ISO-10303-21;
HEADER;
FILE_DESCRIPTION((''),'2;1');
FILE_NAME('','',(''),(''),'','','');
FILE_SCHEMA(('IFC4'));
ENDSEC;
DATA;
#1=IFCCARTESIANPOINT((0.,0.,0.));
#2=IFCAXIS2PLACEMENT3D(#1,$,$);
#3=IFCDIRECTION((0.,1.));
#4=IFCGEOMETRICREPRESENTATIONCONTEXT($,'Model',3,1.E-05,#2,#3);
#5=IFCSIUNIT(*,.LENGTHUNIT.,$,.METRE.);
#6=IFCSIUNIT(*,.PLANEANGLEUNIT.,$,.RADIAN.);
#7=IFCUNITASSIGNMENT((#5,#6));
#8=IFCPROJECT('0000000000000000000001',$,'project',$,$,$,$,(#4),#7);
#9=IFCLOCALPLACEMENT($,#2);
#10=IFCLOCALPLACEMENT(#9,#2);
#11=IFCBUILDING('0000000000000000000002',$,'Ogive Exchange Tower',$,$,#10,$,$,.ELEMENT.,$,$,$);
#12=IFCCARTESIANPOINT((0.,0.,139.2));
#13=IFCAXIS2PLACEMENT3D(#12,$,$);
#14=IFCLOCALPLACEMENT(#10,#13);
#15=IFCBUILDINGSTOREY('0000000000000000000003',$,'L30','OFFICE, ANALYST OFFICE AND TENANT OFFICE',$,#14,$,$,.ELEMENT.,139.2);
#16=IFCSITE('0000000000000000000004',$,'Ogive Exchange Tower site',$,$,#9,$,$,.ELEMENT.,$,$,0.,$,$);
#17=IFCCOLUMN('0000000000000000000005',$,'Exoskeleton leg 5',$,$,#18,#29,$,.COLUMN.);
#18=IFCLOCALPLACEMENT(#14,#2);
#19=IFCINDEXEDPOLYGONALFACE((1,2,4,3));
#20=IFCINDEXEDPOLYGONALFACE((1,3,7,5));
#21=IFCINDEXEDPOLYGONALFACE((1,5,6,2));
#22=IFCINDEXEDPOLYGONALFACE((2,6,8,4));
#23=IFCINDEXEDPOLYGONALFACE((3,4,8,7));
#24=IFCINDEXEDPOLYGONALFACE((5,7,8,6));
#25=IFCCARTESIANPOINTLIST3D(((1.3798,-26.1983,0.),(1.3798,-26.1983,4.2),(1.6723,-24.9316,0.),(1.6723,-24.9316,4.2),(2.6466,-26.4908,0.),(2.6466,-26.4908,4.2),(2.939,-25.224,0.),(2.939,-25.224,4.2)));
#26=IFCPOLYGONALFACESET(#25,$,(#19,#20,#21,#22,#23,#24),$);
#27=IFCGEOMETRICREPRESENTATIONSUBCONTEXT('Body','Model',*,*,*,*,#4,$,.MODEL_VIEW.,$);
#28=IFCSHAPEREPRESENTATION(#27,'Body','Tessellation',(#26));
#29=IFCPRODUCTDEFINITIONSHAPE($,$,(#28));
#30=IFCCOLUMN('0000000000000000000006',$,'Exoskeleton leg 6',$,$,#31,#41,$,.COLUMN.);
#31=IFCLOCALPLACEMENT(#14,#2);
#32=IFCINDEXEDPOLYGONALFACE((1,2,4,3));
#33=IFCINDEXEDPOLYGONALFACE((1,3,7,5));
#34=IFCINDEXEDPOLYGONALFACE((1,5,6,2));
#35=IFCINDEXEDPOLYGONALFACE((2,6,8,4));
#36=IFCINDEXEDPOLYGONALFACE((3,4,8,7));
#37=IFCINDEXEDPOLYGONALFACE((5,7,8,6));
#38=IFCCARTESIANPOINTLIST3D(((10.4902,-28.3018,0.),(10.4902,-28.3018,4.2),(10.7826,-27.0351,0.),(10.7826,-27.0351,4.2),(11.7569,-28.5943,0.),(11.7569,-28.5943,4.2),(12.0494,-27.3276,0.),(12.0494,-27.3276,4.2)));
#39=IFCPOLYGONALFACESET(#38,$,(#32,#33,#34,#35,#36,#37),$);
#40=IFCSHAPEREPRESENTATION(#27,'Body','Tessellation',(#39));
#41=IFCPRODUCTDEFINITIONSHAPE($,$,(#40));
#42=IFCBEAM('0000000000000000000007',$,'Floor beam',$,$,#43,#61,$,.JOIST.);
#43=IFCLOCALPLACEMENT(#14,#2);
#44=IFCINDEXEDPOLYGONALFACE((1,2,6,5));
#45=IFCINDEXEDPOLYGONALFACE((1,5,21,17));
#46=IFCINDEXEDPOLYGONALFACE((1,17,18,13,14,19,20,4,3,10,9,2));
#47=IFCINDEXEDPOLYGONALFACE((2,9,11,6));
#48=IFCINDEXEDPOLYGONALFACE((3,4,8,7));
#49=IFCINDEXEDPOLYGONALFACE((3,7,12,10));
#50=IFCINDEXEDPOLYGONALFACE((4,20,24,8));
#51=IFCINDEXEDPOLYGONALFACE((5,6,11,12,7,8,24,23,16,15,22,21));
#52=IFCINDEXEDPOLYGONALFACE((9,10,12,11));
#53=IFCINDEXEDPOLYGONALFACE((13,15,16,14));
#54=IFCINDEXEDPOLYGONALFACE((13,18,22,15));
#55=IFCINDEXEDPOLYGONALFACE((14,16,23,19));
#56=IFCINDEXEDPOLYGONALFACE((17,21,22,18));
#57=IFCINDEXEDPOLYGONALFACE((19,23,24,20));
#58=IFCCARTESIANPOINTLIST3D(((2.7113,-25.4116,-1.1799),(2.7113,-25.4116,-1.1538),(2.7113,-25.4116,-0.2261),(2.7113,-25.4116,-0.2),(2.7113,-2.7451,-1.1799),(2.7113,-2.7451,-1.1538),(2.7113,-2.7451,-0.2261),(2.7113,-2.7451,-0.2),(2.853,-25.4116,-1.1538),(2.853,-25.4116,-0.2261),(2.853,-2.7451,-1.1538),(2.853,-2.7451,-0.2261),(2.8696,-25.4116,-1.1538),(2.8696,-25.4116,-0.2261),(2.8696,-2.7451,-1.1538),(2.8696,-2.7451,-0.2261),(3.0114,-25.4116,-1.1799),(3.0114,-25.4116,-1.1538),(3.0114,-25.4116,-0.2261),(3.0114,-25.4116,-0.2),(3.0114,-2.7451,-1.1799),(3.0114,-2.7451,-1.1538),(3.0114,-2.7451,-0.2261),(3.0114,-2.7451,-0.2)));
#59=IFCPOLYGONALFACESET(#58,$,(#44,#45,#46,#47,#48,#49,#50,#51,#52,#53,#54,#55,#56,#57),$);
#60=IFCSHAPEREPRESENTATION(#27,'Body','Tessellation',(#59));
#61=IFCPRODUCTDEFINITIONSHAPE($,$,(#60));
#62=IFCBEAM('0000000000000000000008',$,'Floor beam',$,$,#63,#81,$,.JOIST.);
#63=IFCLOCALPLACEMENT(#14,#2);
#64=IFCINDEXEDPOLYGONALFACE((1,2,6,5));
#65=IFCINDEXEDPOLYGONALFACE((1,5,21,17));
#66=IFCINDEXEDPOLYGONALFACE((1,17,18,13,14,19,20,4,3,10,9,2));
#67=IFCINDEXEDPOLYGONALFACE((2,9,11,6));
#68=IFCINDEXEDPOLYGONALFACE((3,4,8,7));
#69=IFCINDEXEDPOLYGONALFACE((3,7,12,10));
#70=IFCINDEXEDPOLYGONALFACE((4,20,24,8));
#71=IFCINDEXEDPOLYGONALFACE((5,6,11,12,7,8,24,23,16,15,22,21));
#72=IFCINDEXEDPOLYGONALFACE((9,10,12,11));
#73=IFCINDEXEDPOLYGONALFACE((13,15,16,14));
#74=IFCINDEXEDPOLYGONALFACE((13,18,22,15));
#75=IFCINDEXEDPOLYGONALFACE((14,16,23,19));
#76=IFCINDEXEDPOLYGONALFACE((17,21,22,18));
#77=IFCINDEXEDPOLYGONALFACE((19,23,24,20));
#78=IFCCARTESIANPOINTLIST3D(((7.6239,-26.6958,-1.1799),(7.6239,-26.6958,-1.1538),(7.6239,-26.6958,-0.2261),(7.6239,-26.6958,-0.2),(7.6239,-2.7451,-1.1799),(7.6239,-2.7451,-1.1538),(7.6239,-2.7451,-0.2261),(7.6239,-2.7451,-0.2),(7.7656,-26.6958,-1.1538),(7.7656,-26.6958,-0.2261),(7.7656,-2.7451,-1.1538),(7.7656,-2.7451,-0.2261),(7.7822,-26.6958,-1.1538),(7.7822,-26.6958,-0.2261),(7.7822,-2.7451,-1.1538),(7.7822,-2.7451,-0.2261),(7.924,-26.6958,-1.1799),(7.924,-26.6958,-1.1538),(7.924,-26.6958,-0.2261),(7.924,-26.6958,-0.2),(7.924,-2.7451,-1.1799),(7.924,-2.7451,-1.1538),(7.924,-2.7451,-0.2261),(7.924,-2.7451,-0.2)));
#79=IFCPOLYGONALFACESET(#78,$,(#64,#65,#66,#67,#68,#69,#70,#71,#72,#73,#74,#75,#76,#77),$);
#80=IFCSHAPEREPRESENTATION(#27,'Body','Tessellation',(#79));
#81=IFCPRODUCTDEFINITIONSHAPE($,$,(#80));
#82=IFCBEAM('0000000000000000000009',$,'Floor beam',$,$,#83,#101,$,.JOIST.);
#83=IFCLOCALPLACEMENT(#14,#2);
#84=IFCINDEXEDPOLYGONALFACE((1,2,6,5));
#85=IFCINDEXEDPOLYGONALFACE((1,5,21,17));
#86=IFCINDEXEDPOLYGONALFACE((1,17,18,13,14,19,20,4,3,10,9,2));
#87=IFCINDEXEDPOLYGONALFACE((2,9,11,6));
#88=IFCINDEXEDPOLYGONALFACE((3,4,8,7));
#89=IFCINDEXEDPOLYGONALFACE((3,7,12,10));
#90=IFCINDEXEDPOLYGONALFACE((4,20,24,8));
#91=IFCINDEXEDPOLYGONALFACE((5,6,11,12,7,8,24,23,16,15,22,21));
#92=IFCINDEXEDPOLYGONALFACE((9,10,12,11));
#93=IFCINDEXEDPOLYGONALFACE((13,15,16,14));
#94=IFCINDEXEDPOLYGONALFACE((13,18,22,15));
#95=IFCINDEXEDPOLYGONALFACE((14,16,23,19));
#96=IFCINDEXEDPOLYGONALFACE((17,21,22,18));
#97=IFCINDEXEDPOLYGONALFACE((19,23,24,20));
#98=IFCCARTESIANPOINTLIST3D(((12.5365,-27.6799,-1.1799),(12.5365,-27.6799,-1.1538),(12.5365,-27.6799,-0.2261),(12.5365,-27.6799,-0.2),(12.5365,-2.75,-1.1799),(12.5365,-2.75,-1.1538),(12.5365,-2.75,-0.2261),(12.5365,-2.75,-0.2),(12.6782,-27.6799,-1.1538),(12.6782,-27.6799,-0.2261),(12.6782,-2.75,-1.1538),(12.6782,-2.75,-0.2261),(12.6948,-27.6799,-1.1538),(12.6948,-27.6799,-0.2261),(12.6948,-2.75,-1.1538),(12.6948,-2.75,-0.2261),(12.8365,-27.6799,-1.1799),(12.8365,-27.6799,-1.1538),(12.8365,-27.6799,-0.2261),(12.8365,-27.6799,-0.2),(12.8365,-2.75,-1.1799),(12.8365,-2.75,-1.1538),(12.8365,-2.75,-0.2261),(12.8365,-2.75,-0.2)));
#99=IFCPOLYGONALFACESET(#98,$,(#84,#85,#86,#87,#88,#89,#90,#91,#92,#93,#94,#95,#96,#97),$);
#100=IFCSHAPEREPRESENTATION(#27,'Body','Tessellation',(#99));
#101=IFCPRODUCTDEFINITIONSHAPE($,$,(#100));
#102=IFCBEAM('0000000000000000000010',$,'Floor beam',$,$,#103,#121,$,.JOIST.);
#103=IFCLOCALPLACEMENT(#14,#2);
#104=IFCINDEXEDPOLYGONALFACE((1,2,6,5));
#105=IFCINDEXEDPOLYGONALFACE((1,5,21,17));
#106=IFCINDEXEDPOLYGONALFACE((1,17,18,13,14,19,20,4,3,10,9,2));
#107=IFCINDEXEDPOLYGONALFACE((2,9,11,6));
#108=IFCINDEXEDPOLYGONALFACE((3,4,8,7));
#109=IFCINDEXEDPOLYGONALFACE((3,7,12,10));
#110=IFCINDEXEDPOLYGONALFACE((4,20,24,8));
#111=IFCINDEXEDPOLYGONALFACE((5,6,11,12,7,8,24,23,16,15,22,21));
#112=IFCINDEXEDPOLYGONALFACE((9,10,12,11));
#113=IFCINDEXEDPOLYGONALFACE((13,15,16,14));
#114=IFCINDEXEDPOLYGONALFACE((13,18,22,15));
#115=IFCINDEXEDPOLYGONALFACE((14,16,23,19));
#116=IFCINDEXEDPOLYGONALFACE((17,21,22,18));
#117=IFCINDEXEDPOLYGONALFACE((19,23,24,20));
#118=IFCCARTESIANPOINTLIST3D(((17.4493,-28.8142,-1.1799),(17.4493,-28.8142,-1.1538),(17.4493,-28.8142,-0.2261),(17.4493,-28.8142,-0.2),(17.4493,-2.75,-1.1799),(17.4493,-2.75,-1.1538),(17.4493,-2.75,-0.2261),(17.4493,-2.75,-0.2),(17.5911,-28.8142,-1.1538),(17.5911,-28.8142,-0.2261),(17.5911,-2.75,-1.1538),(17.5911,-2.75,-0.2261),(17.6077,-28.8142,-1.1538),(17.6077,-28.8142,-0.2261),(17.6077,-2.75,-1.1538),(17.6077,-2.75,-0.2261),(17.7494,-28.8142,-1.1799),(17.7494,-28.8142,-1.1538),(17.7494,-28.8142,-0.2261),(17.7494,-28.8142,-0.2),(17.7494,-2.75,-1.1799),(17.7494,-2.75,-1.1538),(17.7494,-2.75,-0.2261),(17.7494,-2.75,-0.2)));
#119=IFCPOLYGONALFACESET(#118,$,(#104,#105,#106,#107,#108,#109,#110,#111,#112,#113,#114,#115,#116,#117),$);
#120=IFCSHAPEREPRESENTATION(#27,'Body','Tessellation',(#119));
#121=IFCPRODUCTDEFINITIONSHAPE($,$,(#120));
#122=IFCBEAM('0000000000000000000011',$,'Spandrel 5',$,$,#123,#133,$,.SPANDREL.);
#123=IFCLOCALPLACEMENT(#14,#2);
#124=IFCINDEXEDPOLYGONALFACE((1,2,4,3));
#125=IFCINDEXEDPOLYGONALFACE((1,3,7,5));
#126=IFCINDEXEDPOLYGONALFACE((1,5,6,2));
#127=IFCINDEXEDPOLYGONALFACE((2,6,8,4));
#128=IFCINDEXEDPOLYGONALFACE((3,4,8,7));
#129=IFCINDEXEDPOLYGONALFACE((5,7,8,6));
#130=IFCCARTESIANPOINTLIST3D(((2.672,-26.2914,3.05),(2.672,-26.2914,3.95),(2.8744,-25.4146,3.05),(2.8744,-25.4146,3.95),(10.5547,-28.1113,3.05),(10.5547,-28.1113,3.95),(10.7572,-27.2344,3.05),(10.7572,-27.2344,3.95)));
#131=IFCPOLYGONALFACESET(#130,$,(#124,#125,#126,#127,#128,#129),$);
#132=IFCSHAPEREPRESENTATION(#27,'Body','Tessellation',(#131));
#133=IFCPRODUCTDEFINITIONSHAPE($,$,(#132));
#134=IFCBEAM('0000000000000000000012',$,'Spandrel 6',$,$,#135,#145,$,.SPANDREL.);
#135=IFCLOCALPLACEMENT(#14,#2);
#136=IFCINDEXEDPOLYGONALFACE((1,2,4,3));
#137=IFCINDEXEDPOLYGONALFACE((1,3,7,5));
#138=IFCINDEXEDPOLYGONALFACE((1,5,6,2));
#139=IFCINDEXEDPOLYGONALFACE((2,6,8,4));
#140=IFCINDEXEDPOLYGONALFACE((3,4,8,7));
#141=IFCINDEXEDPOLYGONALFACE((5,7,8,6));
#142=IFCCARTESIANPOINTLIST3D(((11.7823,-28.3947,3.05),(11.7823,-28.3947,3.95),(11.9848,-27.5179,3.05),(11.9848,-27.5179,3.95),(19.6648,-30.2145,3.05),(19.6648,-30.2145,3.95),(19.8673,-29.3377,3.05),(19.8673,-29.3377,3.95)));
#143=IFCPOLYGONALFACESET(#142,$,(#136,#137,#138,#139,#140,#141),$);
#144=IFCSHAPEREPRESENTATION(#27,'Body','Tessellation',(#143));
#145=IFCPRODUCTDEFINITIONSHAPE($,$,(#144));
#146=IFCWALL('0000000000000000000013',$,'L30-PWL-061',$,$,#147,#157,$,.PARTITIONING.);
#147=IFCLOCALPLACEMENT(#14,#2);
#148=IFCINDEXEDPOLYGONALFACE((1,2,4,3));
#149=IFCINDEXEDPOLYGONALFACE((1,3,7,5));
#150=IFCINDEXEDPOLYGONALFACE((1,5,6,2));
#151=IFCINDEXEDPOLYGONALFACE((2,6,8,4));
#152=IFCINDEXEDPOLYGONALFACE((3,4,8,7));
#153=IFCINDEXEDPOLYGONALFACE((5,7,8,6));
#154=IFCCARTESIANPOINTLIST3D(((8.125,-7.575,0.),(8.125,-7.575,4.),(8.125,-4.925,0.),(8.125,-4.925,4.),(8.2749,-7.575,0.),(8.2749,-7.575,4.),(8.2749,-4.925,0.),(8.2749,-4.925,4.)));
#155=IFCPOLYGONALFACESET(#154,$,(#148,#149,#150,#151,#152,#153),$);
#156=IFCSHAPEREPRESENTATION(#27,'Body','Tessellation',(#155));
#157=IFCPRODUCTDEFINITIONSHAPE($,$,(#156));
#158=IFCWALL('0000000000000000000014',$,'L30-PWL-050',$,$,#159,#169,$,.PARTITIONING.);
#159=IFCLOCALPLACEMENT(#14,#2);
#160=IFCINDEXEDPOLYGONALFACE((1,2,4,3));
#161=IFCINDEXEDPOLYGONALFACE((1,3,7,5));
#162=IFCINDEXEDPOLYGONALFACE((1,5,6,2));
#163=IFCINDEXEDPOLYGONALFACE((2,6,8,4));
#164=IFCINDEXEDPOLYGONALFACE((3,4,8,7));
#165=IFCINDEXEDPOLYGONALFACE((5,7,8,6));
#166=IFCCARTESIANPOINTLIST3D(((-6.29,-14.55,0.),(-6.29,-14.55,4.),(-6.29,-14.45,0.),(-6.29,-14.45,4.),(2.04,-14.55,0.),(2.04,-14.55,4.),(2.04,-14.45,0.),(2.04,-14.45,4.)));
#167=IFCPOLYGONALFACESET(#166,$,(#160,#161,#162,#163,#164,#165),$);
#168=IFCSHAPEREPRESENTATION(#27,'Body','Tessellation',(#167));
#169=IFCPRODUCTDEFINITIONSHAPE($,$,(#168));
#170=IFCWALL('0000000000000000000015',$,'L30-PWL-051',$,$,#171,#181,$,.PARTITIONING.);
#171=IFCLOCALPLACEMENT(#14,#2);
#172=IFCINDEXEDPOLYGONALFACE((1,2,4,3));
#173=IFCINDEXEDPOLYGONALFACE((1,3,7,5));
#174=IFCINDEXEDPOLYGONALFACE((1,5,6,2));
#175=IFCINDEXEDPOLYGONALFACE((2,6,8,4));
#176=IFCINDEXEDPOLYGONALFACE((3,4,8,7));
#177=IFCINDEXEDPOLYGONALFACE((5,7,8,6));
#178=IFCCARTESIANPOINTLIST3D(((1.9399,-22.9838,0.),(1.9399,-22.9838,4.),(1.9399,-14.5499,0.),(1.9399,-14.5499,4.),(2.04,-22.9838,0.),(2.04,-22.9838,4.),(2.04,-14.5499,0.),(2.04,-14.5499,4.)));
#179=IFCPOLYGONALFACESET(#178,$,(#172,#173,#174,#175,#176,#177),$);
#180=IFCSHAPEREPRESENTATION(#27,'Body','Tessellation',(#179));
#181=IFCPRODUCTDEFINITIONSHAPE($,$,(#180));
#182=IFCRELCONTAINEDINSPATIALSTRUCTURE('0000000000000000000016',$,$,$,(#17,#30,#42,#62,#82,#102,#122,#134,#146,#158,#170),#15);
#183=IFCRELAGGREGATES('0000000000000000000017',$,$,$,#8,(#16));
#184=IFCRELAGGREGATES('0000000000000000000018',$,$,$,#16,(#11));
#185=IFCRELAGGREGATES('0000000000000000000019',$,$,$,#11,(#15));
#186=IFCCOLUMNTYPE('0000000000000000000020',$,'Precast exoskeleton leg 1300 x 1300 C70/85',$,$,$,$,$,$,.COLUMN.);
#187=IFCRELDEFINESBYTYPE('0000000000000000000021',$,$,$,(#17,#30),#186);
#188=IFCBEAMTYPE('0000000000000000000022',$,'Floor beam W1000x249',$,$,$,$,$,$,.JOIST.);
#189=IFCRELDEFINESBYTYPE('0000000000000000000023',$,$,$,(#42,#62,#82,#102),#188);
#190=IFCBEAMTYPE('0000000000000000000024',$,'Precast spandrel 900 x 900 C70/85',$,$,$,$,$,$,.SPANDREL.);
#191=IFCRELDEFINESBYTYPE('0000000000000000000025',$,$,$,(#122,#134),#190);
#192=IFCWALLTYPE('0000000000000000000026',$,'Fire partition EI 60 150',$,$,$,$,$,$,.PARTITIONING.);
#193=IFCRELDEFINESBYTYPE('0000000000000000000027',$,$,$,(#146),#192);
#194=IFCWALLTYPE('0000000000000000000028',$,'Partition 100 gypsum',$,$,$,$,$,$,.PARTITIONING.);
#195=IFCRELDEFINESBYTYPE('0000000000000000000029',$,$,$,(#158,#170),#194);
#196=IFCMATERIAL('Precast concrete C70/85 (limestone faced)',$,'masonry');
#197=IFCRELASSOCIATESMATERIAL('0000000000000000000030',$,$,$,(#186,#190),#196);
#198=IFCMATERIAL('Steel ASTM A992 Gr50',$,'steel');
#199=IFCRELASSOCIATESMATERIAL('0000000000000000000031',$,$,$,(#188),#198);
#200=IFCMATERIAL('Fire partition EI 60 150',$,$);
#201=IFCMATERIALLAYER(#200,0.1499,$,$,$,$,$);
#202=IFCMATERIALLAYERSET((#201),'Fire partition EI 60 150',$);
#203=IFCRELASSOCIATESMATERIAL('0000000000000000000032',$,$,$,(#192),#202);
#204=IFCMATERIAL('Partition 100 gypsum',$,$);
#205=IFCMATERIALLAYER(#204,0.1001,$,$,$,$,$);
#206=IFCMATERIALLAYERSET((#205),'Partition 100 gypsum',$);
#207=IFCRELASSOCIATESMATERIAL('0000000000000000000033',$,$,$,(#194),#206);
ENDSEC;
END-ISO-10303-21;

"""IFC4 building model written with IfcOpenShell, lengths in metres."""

from ifc_helpers import new_model, si_unit, direction, frame, frame_2d, origin, origin_2d, place, context, subcontext, project, spatial, rectangle, i_section, extrude, material, layer, layer_set, material_profile, profile_set, type_object, element, save


model = new_model("IFC4")

# Units and contexts
model_context = context("Model", 3, precision=1e-05, world=origin(), true_north=direction((0.0, 1.0)))
body_context = subcontext(model_context, "Body", "Model", "MODEL_VIEW")
ifc_project = project(units=[si_unit("LENGTHUNIT", "METRE"), si_unit("PLANEANGLEUNIT", "RADIAN")], contexts=[model_context])

# Site, building, storey
site_placement = place(None, origin())
site = spatial("IfcSite", under=ifc_project, at=site_placement, Name="Ogive Exchange Tower site", CompositionType="ELEMENT", RefElevation=0.0)
building_placement = place(site_placement, origin())
building = spatial("IfcBuilding", under=site, at=building_placement, Name="Ogive Exchange Tower", CompositionType="ELEMENT")
storey_placement = place(building_placement, frame((0.0, 0.0, 139.2)))
storey = spatial("IfcBuildingStorey", under=building, at=storey_placement, Name="L30", Description="OFFICE, ANALYST OFFICE AND TENANT OFFICE", CompositionType="ELEMENT", Elevation=139.2)

# Columns
ifc_material_1 = material(Name="Precast concrete C70/85 (limestone faced)", Category="masonry")
ifc_material_profile_1 = material_profile(ifc_material_1, rectangle(XDim=1.3, YDim=1.3, at=origin_2d()), Name="1300 x 1300")
ifc_profile_set_1 = profile_set([ifc_material_profile_1], Name="Precast concrete C70/85 (limestone faced)")
column_type = type_object("IfcColumnType", Name="Precast exoskeleton leg 1300 x 1300 C70/85", PredefinedType="COLUMN", material=ifc_profile_set_1)
for number, where, z_axis, x_axis, name in (
    (1, (2.1594, -25.7112, 0.0), (0.0, 0.0, 1.0), (0.97437, -0.224951, 0.0), "Exoskeleton leg 5"),
    (2, (11.2698, -27.8147, 0.0), (0.0, 0.0, 1.0), (0.97437, -0.224951, 0.0), "Exoskeleton leg 6"),
):
    element("IfcColumn", number, at=place(storey_placement, frame(where, z_axis=z_axis, x_axis=x_axis)), inside=storey, type_object=column_type, Name=name, PredefinedType="COLUMN", context=body_context, shape_type="SweptSolid", body=[
        extrude(rectangle(XDim=1.3, YDim=1.3, at=origin_2d()), origin(), (0.0, 0.0, 1.0), 4.2),
    ])

# Beams
ifc_material_2 = material(Name="Steel ASTM A992 Gr50", Category="steel")
ifc_material_profile_2 = material_profile(ifc_material_2, i_section(OverallWidth=0.3, OverallDepth=0.98, WebThickness=0.0166, FlangeThickness=0.0261, at=origin_2d()), Name="W1000x249")
ifc_profile_set_2 = profile_set([ifc_material_profile_2], Name="Steel ASTM A992 Gr50")
beam_type_1 = type_object("IfcBeamType", Name="Floor beam W1000x249", PredefinedType="JOIST", material=ifc_profile_set_2)
beam_1_placement = place(storey_placement, frame((2.8613, -25.4116, -0.6899), z_axis=(0.0, 1.0, 0.0), x_axis=(-1.0, 0.0, 0.0)))
element("IfcBeam", 3, at=beam_1_placement, inside=storey, type_object=beam_type_1, Name="Floor beam", PredefinedType="JOIST", context=body_context, shape_type="SweptSolid", body=[
    extrude(i_section(OverallWidth=0.3, OverallDepth=0.98, WebThickness=0.0166, FlangeThickness=0.0261, at=origin_2d()), origin(), (0.0, 0.0, 1.0), 22.6665),
])
beam_2_placement = place(storey_placement, frame((7.7739, -26.6958, -0.6899), z_axis=(0.0, 1.0, 0.0), x_axis=(-1.0, 0.0, 0.0)))
element("IfcBeam", 4, at=beam_2_placement, inside=storey, type_object=beam_type_1, Name="Floor beam", PredefinedType="JOIST", context=body_context, shape_type="SweptSolid", body=[
    extrude(i_section(OverallWidth=0.3, OverallDepth=0.98, WebThickness=0.0166, FlangeThickness=0.0261, at=origin_2d()), origin(), (0.0, 0.0, 1.0), 23.9507),
])
beam_3_placement = place(storey_placement, frame((12.6865, -27.6799, -0.6899), z_axis=(0.0, 1.0, 0.0), x_axis=(-1.0, 0.0, 0.0)))
element("IfcBeam", 5, at=beam_3_placement, inside=storey, type_object=beam_type_1, Name="Floor beam", PredefinedType="JOIST", context=body_context, shape_type="SweptSolid", body=[
    extrude(i_section(OverallWidth=0.3, OverallDepth=0.98, WebThickness=0.0166, FlangeThickness=0.0261, at=origin_2d()), origin(), (0.0, 0.0, 1.0), 24.9299),
])
beam_4_placement = place(storey_placement, frame((17.5994, -28.8142, -0.6899), z_axis=(0.0, 1.0, 0.0), x_axis=(-1.0, 0.0, 0.0)))
element("IfcBeam", 6, at=beam_4_placement, inside=storey, type_object=beam_type_1, Name="Floor beam", PredefinedType="JOIST", context=body_context, shape_type="SweptSolid", body=[
    extrude(i_section(OverallWidth=0.3, OverallDepth=0.98, WebThickness=0.0166, FlangeThickness=0.0261, at=origin_2d()), origin(), (0.0, 0.0, 1.0), 26.0642),
])
ifc_material_profile_3 = material_profile(ifc_material_1, rectangle(XDim=0.8999, YDim=0.8999, at=origin_2d()), Name="900 x 900")
ifc_profile_set_3 = profile_set([ifc_material_profile_3], Name="Precast concrete C70/85 (limestone faced)")
beam_type_2 = type_object("IfcBeamType", Name="Precast spandrel 900 x 900 C70/85", PredefinedType="SPANDREL", material=ifc_profile_set_3)
beam_5_placement = place(storey_placement, frame((2.7732, -25.853, 3.5), z_axis=(0.974372, -0.224943, 0.0), x_axis=(0.224943, 0.974372, 0.0)))
element("IfcBeam", 7, at=beam_5_placement, inside=storey, type_object=beam_type_2, Name="Spandrel 5", PredefinedType="SPANDREL", context=body_context, shape_type="SweptSolid", body=[
    extrude(rectangle(XDim=0.8999, YDim=0.8999, at=origin_2d()), origin(), (0.0, 0.0, 1.0), 8.0901),
])
beam_6_placement = place(storey_placement, frame((11.8835, -27.9563, 3.5), z_axis=(0.97437, -0.22495, 0.0), x_axis=(0.22495, 0.97437, 0.0)))
element("IfcBeam", 8, at=beam_6_placement, inside=storey, type_object=beam_type_2, Name="Spandrel 6", PredefinedType="SPANDREL", context=body_context, shape_type="SweptSolid", body=[
    extrude(rectangle(XDim=0.8999, YDim=0.8999, at=origin_2d()), origin(), (0.0, 0.0, 1.0), 8.0898),
])

# Walls
ifc_material_3 = material(Name="Fire partition EI 60 150")
ifc_layer_1 = layer(ifc_material_3, 0.1499)
ifc_layer_set_1 = layer_set([ifc_layer_1], Name="Fire partition EI 60 150")
wall_type_1 = type_object("IfcWallType", Name="Fire partition EI 60 150", PredefinedType="PARTITIONING", material=ifc_layer_set_1)
wall_1_placement = place(storey_placement, frame((8.2, -7.575, 0.0), z_axis=(0.0, 0.0, 1.0), x_axis=(0.0, 1.0, 0.0)))
element("IfcWall", 9, at=wall_1_placement, inside=storey, type_object=wall_type_1, Name="L30-PWL-061", PredefinedType="PARTITIONING", context=body_context, shape_type="SweptSolid", body=[
    extrude(rectangle(XDim=2.6499, YDim=0.1499, at=frame_2d((1.325, 0.0))), origin(), (0.0, 0.0, 1.0), 4.0),
])
ifc_material_4 = material(Name="Partition 100 gypsum")
ifc_layer_2 = layer(ifc_material_4, 0.1001)
ifc_layer_set_2 = layer_set([ifc_layer_2], Name="Partition 100 gypsum")
wall_type_2 = type_object("IfcWallType", Name="Partition 100 gypsum", PredefinedType="PARTITIONING", material=ifc_layer_set_2)
wall_2_placement = place(storey_placement, frame((2.04, -14.5, 0.0), z_axis=(0.0, 0.0, 1.0), x_axis=(-1.0, 0.0, 0.0)))
element("IfcWall", 10, at=wall_2_placement, inside=storey, type_object=wall_type_2, Name="L30-PWL-050", PredefinedType="PARTITIONING", context=body_context, shape_type="SweptSolid", body=[
    extrude(rectangle(XDim=8.3301, YDim=0.1001, at=frame_2d((4.165, 0.0))), origin(), (0.0, 0.0, 1.0), 4.0),
])
wall_3_placement = place(storey_placement, frame((1.99, -14.55, 0.0), z_axis=(0.0, 0.0, 1.0), x_axis=(0.0, -1.0, 0.0)))
element("IfcWall", 11, at=wall_3_placement, inside=storey, type_object=wall_type_2, Name="L30-PWL-051", PredefinedType="PARTITIONING", context=body_context, shape_type="SweptSolid", body=[
    extrude(rectangle(XDim=8.4338, YDim=0.1001, at=frame_2d((4.2168, 0.0))), origin(), (0.0, 0.0, 1.0), 4.0),
])

save(model, "model.ifc")
